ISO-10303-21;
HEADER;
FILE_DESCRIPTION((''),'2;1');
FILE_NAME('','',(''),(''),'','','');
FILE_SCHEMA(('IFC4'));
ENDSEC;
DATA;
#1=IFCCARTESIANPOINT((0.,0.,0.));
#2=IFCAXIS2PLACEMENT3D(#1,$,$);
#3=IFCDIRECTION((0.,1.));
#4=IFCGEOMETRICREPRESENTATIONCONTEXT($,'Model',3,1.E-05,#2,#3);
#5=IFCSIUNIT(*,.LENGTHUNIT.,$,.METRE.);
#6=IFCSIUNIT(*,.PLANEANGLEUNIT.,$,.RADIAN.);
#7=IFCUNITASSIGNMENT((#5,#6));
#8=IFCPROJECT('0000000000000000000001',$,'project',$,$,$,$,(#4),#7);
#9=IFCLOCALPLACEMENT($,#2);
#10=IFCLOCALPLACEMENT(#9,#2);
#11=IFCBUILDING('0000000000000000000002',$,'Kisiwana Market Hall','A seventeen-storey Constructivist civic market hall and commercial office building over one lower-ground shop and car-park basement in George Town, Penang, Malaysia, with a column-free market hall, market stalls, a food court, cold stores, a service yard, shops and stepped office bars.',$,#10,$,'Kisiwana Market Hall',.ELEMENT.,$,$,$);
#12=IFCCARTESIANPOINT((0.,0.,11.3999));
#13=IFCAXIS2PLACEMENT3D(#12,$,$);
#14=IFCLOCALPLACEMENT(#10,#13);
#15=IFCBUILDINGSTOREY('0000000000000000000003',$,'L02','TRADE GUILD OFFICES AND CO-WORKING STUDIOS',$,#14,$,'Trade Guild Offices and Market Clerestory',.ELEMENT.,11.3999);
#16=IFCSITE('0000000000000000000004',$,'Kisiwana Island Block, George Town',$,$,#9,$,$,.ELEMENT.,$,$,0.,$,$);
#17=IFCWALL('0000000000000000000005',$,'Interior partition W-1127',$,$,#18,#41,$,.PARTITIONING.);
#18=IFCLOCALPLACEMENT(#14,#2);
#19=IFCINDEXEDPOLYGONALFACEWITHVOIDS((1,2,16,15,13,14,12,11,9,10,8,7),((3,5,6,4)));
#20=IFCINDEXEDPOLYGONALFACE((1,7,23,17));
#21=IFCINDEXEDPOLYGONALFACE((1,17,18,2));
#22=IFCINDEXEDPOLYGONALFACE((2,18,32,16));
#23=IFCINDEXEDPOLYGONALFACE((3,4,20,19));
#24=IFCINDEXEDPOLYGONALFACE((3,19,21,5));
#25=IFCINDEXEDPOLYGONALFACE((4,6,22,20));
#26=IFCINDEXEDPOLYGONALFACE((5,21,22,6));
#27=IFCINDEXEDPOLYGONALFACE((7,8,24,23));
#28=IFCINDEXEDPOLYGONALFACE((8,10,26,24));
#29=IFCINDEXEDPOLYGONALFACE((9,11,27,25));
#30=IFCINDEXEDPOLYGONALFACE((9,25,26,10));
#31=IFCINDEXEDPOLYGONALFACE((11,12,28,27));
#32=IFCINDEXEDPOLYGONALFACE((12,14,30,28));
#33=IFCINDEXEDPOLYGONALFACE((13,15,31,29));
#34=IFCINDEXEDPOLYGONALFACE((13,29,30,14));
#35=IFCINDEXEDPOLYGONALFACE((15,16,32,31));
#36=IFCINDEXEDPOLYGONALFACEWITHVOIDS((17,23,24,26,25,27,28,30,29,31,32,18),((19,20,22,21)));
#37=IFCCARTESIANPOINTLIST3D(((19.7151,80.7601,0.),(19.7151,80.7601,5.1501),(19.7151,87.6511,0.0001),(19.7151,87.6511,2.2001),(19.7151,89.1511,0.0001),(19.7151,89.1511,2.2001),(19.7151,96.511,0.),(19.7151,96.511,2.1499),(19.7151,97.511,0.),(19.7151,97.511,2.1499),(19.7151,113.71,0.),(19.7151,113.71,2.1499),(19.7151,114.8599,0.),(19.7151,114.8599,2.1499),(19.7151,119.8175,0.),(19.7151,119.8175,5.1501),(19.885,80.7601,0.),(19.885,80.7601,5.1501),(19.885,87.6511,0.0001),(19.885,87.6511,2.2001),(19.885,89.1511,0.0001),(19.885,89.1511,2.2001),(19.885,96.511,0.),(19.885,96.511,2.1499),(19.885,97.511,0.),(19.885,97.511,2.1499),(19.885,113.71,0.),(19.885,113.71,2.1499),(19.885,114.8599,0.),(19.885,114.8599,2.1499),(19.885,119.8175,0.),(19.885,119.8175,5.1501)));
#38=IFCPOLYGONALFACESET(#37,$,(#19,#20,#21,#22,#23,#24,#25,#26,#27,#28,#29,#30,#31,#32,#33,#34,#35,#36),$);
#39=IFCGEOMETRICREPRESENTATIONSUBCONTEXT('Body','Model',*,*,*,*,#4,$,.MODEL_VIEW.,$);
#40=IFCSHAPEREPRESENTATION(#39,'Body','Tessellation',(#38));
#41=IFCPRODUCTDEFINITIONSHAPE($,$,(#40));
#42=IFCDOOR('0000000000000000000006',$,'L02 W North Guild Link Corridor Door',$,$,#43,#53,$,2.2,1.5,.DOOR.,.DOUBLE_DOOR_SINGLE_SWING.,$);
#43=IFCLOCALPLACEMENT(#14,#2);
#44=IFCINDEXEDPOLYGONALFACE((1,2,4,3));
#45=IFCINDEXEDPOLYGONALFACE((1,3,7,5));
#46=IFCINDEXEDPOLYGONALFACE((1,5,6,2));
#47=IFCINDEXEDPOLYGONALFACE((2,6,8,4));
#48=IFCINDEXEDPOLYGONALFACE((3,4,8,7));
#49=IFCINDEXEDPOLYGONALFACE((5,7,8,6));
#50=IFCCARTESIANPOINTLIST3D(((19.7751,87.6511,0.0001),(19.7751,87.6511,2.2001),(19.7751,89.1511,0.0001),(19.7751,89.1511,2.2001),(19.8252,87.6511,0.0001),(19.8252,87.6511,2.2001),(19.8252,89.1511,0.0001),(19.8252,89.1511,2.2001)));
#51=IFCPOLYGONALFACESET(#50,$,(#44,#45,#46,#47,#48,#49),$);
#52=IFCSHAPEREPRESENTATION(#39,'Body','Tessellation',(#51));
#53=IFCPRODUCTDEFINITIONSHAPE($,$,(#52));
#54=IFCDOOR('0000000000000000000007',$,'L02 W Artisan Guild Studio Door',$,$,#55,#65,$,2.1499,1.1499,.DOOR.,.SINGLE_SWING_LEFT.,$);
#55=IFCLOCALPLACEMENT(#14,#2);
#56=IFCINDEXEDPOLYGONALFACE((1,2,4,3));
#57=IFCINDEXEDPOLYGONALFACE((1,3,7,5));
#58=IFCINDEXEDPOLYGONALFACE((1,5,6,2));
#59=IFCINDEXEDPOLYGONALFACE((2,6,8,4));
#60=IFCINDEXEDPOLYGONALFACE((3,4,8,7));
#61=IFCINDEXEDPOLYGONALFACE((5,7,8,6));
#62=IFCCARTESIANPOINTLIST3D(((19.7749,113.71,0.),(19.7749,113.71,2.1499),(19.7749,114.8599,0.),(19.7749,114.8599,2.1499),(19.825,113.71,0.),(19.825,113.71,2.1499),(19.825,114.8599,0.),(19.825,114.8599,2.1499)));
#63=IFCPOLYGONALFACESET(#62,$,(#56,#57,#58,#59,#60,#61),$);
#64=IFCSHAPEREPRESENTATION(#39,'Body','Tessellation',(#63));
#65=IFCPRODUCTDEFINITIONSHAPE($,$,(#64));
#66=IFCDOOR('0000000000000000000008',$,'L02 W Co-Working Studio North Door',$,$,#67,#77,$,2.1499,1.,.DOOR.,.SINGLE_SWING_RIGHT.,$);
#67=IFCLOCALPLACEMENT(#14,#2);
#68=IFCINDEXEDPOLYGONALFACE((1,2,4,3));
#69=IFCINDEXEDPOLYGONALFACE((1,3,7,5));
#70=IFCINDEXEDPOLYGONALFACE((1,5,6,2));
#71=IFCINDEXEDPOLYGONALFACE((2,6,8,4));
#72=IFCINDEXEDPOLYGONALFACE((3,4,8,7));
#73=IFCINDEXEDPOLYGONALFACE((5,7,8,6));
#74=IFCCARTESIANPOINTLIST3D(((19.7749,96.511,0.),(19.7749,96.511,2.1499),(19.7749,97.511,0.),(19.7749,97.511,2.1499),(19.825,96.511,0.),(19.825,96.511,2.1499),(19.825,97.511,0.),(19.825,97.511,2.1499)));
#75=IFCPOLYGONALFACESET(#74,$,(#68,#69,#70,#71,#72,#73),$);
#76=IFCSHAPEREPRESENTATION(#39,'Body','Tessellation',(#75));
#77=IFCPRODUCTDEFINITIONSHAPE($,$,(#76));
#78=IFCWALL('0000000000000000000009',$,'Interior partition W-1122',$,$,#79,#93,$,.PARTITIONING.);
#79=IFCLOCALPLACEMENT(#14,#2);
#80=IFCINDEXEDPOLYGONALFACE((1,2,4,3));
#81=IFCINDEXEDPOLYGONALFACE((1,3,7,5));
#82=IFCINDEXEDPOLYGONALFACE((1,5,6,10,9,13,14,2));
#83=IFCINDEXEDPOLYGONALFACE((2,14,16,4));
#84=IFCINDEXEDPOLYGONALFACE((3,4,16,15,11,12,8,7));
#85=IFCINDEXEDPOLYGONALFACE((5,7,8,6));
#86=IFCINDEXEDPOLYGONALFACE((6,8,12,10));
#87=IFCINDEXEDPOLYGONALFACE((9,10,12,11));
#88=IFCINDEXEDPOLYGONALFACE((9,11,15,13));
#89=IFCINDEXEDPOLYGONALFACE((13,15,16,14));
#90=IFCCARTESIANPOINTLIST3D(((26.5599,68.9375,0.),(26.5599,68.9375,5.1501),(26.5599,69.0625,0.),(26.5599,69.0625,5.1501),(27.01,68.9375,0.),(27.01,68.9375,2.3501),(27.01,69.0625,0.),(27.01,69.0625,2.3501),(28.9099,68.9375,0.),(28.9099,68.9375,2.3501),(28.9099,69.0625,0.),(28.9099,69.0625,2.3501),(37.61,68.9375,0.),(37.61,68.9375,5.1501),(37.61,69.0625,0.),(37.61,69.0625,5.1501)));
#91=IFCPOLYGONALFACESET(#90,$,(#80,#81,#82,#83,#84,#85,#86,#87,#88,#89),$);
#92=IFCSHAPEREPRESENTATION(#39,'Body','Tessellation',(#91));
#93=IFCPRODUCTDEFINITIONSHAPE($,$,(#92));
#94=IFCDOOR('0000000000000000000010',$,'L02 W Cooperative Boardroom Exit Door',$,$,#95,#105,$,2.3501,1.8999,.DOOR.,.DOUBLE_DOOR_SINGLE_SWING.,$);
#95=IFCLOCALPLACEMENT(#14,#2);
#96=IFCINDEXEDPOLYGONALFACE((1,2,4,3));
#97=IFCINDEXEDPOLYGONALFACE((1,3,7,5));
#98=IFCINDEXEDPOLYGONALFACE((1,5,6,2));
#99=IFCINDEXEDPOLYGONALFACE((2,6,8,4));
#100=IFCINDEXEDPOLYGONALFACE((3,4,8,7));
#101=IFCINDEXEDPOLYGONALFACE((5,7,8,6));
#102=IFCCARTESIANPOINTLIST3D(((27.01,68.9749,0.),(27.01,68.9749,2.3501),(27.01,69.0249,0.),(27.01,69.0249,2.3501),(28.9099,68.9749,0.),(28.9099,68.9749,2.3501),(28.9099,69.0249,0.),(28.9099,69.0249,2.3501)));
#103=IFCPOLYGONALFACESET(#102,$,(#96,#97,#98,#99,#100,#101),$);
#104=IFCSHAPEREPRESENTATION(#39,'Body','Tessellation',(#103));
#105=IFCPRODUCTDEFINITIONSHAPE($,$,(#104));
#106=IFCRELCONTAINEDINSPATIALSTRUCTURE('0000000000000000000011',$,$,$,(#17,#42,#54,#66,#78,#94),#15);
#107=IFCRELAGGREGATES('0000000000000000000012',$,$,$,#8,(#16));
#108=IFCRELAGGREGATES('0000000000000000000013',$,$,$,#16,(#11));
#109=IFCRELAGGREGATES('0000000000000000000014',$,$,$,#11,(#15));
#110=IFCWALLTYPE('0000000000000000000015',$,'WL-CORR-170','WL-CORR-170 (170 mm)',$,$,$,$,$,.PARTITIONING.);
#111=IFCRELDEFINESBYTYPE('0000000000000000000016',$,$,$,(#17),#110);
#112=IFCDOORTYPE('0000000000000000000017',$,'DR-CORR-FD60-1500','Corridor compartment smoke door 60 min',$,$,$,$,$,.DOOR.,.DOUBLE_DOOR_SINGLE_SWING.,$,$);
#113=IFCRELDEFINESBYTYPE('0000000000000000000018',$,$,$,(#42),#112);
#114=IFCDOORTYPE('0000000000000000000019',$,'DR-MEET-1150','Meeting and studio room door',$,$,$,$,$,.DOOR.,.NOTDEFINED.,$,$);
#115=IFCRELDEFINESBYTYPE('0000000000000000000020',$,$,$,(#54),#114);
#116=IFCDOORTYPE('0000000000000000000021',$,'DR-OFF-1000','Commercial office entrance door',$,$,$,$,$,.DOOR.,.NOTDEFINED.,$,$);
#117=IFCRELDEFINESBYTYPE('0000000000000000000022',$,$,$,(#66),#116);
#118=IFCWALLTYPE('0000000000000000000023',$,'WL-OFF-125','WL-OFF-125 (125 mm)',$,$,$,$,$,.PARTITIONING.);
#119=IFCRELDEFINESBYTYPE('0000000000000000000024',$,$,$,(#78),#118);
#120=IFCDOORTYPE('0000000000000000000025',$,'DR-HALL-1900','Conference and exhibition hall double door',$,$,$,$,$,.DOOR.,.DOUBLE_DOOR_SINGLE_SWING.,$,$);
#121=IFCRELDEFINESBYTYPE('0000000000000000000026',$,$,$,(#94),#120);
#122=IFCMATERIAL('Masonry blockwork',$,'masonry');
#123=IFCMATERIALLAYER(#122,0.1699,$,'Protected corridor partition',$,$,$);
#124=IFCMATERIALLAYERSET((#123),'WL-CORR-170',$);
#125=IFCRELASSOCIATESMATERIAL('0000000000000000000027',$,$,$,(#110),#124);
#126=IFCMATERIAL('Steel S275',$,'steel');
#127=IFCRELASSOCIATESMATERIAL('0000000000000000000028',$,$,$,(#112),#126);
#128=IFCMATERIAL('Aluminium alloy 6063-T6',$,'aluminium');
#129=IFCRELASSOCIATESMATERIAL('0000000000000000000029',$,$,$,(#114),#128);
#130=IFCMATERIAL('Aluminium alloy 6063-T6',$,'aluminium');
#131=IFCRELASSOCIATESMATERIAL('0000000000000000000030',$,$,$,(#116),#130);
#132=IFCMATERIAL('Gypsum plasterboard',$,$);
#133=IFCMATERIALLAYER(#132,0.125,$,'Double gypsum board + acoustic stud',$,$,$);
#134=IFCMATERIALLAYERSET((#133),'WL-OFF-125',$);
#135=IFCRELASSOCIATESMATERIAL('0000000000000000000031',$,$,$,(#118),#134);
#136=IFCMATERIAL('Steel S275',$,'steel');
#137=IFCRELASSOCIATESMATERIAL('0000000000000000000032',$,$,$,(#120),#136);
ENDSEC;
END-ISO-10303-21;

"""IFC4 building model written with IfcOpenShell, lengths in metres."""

from ifc_helpers import new_model, si_unit, direction, frame, frame_2d, origin, place, context, subcontext, project, spatial, rectangle, extrude, material, layer, layer_set, type_object, element, fill, save


model = new_model("IFC4")

# Units and contexts
model_context = context("Model", 3, precision=1e-05, world=origin(), true_north=direction((0.0, 1.0)))
body_context = subcontext(model_context, "Body", "Model", "MODEL_VIEW")
ifc_project = project(units=[si_unit("LENGTHUNIT", "METRE"), si_unit("PLANEANGLEUNIT", "RADIAN")], contexts=[model_context])

# Site, building, storey
site_placement = place(None, origin())
site = spatial("IfcSite", under=ifc_project, at=site_placement, Name="Kisiwana Island Block, George Town", CompositionType="ELEMENT", RefElevation=0.0)
building_placement = place(site_placement, origin())
building = spatial("IfcBuilding", under=site, at=building_placement, Name="Kisiwana Market Hall", Description="A seventeen-storey Constructivist civic market hall and commercial office building over one lower-ground shop and car-park basement in George Town, Penang, Malaysia, with a column-free market hall, market stalls, a food court, cold stores, a service yard, shops and stepped office bars.", LongName="Kisiwana Market Hall", CompositionType="ELEMENT")
storey_placement = place(building_placement, frame((0.0, 0.0, 11.3999)))
storey = spatial("IfcBuildingStorey", under=building, at=storey_placement, Name="L02", Description="TRADE GUILD OFFICES AND CO-WORKING STUDIOS", LongName="Trade Guild Offices and Market Clerestory", CompositionType="ELEMENT", Elevation=11.3999)

# Wall, openings, doors
ifc_material_1 = material(Name="Masonry blockwork", Category="masonry")
ifc_layer_1 = layer(ifc_material_1, 0.1699, Name="Protected corridor partition")
ifc_layer_set_1 = layer_set([ifc_layer_1], Name="WL-CORR-170")
wall_type_1 = type_object("IfcWallType", Name="WL-CORR-170", Description="WL-CORR-170 (170 mm)", PredefinedType="PARTITIONING", material=ifc_layer_set_1)
wall_1_placement = place(storey_placement, frame((19.8, 80.76, 0.0), z_axis=(0.0, 0.0, 1.0), x_axis=(0.0, 1.0, 0.0)))
wall_1 = element("IfcWall", 1, at=wall_1_placement, inside=storey, type_object=wall_type_1, Name="Interior partition W-1127", PredefinedType="PARTITIONING", context=body_context, shape_type="SweptSolid", body=[
    extrude(rectangle(XDim=39.0574, YDim=0.1699, at=frame_2d((19.5288, 0.0))), origin(), (0.0, 0.0, 1.0), 5.1501),
])
opening_1_placement = place(wall_1_placement, frame((6.8911, 0.0, 0.0)))
opening_1 = element("IfcOpeningElement", 2, at=opening_1_placement, cuts=wall_1, PredefinedType="OPENING", context=body_context, shape_type="SweptSolid", body=[
    extrude(rectangle(XDim=1.5, YDim=2.2, at=frame_2d((0.75, 1.1001))), frame((0.0, 0.0969, 0.0), z_axis=(0.0, -1.0, 0.0), x_axis=(1.0, 0.0, 0.0)), (0.0, 0.0, 1.0), 0.1938),
])
opening_2_placement = place(wall_1_placement, frame((15.751, 0.0, 0.0)))
opening_2 = element("IfcOpeningElement", 3, at=opening_2_placement, cuts=wall_1, PredefinedType="OPENING", context=body_context, shape_type="SweptSolid", body=[
    extrude(rectangle(XDim=1.0, YDim=2.1499, at=frame_2d((0.5, 1.075))), frame((0.0, 0.0969, 0.0), z_axis=(0.0, -1.0, 0.0), x_axis=(1.0, 0.0, 0.0)), (0.0, 0.0, 1.0), 0.1938),
])
opening_3_placement = place(wall_1_placement, frame((32.95, 0.0, 0.0)))
opening_3 = element("IfcOpeningElement", 4, at=opening_3_placement, cuts=wall_1, PredefinedType="OPENING", context=body_context, shape_type="SweptSolid", body=[
    extrude(rectangle(XDim=1.1499, YDim=2.1499, at=frame_2d((0.575, 1.075))), frame((0.0, 0.0969, 0.0), z_axis=(0.0, -1.0, 0.0), x_axis=(1.0, 0.0, 0.0)), (0.0, 0.0, 1.0), 0.1938),
])
ifc_material_2 = material(Name="Steel S275", Category="steel")
door_type_1 = type_object("IfcDoorType", Name="DR-CORR-FD60-1500", Description="Corridor compartment smoke door 60 min", OperationType="DOUBLE_DOOR_SINGLE_SWING", PredefinedType="DOOR", material=ifc_material_2)
door_1_placement = place(opening_1_placement, origin())
door_1 = element("IfcDoor", 5, at=door_1_placement, inside=storey, type_object=door_type_1, Name="L02 W North Guild Link Corridor Door", OperationType="DOUBLE_DOOR_SINGLE_SWING", OverallHeight=2.2, OverallWidth=1.5, PredefinedType="DOOR", context=body_context, shape_type="SweptSolid", body=[
    extrude(rectangle(XDim=1.5, YDim=2.2, at=frame_2d((0.75, 1.1001))), frame((0.0, 0.0249, 0.0), z_axis=(0.0, -1.0, 0.0), x_axis=(1.0, 0.0, 0.0)), (0.0, 0.0, 1.0), 0.05),
])
fill(opening_1, door_1)
ifc_material_3 = material(Name="Aluminium alloy 6063-T6", Category="aluminium")
door_type_2 = type_object("IfcDoorType", Name="DR-MEET-1150", Description="Meeting and studio room door", OperationType="NOTDEFINED", PredefinedType="DOOR", material=ifc_material_3)
door_2_placement = place(opening_3_placement, frame((1.1499, 0.0, 0.0), z_axis=(0.0, 0.0, 1.0), x_axis=(-1.0, 0.0, 0.0)))
door_2 = element("IfcDoor", 6, at=door_2_placement, inside=storey, type_object=door_type_2, Name="L02 W Artisan Guild Studio Door", OperationType="SINGLE_SWING_LEFT", OverallHeight=2.1499, OverallWidth=1.1499, PredefinedType="DOOR", context=body_context, shape_type="SweptSolid", body=[
    extrude(rectangle(XDim=1.1499, YDim=2.1499, at=frame_2d((0.575, 1.075))), frame((0.0, 0.0249, 0.0), z_axis=(0.0, -1.0, 0.0), x_axis=(1.0, 0.0, 0.0)), (0.0, 0.0, 1.0), 0.05),
])
fill(opening_3, door_2)
ifc_material_4 = material(Name="Aluminium alloy 6063-T6", Category="aluminium")
door_type_3 = type_object("IfcDoorType", Name="DR-OFF-1000", Description="Commercial office entrance door", OperationType="NOTDEFINED", PredefinedType="DOOR", material=ifc_material_4)
door_3_placement = place(opening_2_placement, frame((1.0, 0.0, 0.0), z_axis=(0.0, 0.0, 1.0), x_axis=(-1.0, 0.0, 0.0)))
door_3 = element("IfcDoor", 7, at=door_3_placement, inside=storey, type_object=door_type_3, Name="L02 W Co-Working Studio North Door", OperationType="SINGLE_SWING_RIGHT", OverallHeight=2.1499, OverallWidth=1.0, PredefinedType="DOOR", context=body_context, shape_type="SweptSolid", body=[
    extrude(rectangle(XDim=1.0, YDim=2.1499, at=frame_2d((0.5, 1.075))), frame((0.0, 0.0249, 0.0), z_axis=(0.0, -1.0, 0.0), x_axis=(1.0, 0.0, 0.0)), (0.0, 0.0, 1.0), 0.05),
])
fill(opening_2, door_3)

# Wall, opening, door
ifc_material_5 = material(Name="Gypsum plasterboard")
ifc_layer_2 = layer(ifc_material_5, 0.125, Name="Double gypsum board + acoustic stud")
ifc_layer_set_2 = layer_set([ifc_layer_2], Name="WL-OFF-125")
wall_type_2 = type_object("IfcWallType", Name="WL-OFF-125", Description="WL-OFF-125 (125 mm)", PredefinedType="PARTITIONING", material=ifc_layer_set_2)
wall_2_placement = place(storey_placement, frame((26.5601, 69.0, 0.0), z_axis=(0.0, 0.0, 1.0), x_axis=(1.0, 0.0, 0.0)))
wall_2 = element("IfcWall", 8, at=wall_2_placement, inside=storey, type_object=wall_type_2, Name="Interior partition W-1122", PredefinedType="PARTITIONING", context=body_context, shape_type="SweptSolid", body=[
    extrude(rectangle(XDim=11.05, YDim=0.125, at=frame_2d((5.5249, 0.0))), origin(), (0.0, 0.0, 1.0), 5.1501),
])
opening_4_placement = place(wall_2_placement, frame((0.45, 0.0, 0.0)))
opening_4 = element("IfcOpeningElement", 9, at=opening_4_placement, cuts=wall_2, PredefinedType="OPENING", context=body_context, shape_type="SweptSolid", body=[
    extrude(rectangle(XDim=1.8999, YDim=2.3501, at=frame_2d((0.95, 1.175))), frame((0.0, 0.0745, 0.0), z_axis=(0.0, -1.0, 0.0), x_axis=(1.0, 0.0, 0.0)), (0.0, 0.0, 1.0), 0.1489),
])
ifc_material_6 = material(Name="Steel S275", Category="steel")
door_type_4 = type_object("IfcDoorType", Name="DR-HALL-1900", Description="Conference and exhibition hall double door", OperationType="DOUBLE_DOOR_SINGLE_SWING", PredefinedType="DOOR", material=ifc_material_6)
door_4_placement = place(opening_4_placement, origin())
door_4 = element("IfcDoor", 10, at=door_4_placement, inside=storey, type_object=door_type_4, Name="L02 W Cooperative Boardroom Exit Door", OperationType="DOUBLE_DOOR_SINGLE_SWING", OverallHeight=2.3501, OverallWidth=1.8999, PredefinedType="DOOR", context=body_context, shape_type="SweptSolid", body=[
    extrude(rectangle(XDim=1.8999, YDim=2.3501, at=frame_2d((0.95, 1.175))), frame((0.0, 0.0249, 0.0), z_axis=(0.0, -1.0, 0.0), x_axis=(1.0, 0.0, 0.0)), (0.0, 0.0, 1.0), 0.05),
])
fill(opening_4, door_4)

save(model, "model.ifc")
